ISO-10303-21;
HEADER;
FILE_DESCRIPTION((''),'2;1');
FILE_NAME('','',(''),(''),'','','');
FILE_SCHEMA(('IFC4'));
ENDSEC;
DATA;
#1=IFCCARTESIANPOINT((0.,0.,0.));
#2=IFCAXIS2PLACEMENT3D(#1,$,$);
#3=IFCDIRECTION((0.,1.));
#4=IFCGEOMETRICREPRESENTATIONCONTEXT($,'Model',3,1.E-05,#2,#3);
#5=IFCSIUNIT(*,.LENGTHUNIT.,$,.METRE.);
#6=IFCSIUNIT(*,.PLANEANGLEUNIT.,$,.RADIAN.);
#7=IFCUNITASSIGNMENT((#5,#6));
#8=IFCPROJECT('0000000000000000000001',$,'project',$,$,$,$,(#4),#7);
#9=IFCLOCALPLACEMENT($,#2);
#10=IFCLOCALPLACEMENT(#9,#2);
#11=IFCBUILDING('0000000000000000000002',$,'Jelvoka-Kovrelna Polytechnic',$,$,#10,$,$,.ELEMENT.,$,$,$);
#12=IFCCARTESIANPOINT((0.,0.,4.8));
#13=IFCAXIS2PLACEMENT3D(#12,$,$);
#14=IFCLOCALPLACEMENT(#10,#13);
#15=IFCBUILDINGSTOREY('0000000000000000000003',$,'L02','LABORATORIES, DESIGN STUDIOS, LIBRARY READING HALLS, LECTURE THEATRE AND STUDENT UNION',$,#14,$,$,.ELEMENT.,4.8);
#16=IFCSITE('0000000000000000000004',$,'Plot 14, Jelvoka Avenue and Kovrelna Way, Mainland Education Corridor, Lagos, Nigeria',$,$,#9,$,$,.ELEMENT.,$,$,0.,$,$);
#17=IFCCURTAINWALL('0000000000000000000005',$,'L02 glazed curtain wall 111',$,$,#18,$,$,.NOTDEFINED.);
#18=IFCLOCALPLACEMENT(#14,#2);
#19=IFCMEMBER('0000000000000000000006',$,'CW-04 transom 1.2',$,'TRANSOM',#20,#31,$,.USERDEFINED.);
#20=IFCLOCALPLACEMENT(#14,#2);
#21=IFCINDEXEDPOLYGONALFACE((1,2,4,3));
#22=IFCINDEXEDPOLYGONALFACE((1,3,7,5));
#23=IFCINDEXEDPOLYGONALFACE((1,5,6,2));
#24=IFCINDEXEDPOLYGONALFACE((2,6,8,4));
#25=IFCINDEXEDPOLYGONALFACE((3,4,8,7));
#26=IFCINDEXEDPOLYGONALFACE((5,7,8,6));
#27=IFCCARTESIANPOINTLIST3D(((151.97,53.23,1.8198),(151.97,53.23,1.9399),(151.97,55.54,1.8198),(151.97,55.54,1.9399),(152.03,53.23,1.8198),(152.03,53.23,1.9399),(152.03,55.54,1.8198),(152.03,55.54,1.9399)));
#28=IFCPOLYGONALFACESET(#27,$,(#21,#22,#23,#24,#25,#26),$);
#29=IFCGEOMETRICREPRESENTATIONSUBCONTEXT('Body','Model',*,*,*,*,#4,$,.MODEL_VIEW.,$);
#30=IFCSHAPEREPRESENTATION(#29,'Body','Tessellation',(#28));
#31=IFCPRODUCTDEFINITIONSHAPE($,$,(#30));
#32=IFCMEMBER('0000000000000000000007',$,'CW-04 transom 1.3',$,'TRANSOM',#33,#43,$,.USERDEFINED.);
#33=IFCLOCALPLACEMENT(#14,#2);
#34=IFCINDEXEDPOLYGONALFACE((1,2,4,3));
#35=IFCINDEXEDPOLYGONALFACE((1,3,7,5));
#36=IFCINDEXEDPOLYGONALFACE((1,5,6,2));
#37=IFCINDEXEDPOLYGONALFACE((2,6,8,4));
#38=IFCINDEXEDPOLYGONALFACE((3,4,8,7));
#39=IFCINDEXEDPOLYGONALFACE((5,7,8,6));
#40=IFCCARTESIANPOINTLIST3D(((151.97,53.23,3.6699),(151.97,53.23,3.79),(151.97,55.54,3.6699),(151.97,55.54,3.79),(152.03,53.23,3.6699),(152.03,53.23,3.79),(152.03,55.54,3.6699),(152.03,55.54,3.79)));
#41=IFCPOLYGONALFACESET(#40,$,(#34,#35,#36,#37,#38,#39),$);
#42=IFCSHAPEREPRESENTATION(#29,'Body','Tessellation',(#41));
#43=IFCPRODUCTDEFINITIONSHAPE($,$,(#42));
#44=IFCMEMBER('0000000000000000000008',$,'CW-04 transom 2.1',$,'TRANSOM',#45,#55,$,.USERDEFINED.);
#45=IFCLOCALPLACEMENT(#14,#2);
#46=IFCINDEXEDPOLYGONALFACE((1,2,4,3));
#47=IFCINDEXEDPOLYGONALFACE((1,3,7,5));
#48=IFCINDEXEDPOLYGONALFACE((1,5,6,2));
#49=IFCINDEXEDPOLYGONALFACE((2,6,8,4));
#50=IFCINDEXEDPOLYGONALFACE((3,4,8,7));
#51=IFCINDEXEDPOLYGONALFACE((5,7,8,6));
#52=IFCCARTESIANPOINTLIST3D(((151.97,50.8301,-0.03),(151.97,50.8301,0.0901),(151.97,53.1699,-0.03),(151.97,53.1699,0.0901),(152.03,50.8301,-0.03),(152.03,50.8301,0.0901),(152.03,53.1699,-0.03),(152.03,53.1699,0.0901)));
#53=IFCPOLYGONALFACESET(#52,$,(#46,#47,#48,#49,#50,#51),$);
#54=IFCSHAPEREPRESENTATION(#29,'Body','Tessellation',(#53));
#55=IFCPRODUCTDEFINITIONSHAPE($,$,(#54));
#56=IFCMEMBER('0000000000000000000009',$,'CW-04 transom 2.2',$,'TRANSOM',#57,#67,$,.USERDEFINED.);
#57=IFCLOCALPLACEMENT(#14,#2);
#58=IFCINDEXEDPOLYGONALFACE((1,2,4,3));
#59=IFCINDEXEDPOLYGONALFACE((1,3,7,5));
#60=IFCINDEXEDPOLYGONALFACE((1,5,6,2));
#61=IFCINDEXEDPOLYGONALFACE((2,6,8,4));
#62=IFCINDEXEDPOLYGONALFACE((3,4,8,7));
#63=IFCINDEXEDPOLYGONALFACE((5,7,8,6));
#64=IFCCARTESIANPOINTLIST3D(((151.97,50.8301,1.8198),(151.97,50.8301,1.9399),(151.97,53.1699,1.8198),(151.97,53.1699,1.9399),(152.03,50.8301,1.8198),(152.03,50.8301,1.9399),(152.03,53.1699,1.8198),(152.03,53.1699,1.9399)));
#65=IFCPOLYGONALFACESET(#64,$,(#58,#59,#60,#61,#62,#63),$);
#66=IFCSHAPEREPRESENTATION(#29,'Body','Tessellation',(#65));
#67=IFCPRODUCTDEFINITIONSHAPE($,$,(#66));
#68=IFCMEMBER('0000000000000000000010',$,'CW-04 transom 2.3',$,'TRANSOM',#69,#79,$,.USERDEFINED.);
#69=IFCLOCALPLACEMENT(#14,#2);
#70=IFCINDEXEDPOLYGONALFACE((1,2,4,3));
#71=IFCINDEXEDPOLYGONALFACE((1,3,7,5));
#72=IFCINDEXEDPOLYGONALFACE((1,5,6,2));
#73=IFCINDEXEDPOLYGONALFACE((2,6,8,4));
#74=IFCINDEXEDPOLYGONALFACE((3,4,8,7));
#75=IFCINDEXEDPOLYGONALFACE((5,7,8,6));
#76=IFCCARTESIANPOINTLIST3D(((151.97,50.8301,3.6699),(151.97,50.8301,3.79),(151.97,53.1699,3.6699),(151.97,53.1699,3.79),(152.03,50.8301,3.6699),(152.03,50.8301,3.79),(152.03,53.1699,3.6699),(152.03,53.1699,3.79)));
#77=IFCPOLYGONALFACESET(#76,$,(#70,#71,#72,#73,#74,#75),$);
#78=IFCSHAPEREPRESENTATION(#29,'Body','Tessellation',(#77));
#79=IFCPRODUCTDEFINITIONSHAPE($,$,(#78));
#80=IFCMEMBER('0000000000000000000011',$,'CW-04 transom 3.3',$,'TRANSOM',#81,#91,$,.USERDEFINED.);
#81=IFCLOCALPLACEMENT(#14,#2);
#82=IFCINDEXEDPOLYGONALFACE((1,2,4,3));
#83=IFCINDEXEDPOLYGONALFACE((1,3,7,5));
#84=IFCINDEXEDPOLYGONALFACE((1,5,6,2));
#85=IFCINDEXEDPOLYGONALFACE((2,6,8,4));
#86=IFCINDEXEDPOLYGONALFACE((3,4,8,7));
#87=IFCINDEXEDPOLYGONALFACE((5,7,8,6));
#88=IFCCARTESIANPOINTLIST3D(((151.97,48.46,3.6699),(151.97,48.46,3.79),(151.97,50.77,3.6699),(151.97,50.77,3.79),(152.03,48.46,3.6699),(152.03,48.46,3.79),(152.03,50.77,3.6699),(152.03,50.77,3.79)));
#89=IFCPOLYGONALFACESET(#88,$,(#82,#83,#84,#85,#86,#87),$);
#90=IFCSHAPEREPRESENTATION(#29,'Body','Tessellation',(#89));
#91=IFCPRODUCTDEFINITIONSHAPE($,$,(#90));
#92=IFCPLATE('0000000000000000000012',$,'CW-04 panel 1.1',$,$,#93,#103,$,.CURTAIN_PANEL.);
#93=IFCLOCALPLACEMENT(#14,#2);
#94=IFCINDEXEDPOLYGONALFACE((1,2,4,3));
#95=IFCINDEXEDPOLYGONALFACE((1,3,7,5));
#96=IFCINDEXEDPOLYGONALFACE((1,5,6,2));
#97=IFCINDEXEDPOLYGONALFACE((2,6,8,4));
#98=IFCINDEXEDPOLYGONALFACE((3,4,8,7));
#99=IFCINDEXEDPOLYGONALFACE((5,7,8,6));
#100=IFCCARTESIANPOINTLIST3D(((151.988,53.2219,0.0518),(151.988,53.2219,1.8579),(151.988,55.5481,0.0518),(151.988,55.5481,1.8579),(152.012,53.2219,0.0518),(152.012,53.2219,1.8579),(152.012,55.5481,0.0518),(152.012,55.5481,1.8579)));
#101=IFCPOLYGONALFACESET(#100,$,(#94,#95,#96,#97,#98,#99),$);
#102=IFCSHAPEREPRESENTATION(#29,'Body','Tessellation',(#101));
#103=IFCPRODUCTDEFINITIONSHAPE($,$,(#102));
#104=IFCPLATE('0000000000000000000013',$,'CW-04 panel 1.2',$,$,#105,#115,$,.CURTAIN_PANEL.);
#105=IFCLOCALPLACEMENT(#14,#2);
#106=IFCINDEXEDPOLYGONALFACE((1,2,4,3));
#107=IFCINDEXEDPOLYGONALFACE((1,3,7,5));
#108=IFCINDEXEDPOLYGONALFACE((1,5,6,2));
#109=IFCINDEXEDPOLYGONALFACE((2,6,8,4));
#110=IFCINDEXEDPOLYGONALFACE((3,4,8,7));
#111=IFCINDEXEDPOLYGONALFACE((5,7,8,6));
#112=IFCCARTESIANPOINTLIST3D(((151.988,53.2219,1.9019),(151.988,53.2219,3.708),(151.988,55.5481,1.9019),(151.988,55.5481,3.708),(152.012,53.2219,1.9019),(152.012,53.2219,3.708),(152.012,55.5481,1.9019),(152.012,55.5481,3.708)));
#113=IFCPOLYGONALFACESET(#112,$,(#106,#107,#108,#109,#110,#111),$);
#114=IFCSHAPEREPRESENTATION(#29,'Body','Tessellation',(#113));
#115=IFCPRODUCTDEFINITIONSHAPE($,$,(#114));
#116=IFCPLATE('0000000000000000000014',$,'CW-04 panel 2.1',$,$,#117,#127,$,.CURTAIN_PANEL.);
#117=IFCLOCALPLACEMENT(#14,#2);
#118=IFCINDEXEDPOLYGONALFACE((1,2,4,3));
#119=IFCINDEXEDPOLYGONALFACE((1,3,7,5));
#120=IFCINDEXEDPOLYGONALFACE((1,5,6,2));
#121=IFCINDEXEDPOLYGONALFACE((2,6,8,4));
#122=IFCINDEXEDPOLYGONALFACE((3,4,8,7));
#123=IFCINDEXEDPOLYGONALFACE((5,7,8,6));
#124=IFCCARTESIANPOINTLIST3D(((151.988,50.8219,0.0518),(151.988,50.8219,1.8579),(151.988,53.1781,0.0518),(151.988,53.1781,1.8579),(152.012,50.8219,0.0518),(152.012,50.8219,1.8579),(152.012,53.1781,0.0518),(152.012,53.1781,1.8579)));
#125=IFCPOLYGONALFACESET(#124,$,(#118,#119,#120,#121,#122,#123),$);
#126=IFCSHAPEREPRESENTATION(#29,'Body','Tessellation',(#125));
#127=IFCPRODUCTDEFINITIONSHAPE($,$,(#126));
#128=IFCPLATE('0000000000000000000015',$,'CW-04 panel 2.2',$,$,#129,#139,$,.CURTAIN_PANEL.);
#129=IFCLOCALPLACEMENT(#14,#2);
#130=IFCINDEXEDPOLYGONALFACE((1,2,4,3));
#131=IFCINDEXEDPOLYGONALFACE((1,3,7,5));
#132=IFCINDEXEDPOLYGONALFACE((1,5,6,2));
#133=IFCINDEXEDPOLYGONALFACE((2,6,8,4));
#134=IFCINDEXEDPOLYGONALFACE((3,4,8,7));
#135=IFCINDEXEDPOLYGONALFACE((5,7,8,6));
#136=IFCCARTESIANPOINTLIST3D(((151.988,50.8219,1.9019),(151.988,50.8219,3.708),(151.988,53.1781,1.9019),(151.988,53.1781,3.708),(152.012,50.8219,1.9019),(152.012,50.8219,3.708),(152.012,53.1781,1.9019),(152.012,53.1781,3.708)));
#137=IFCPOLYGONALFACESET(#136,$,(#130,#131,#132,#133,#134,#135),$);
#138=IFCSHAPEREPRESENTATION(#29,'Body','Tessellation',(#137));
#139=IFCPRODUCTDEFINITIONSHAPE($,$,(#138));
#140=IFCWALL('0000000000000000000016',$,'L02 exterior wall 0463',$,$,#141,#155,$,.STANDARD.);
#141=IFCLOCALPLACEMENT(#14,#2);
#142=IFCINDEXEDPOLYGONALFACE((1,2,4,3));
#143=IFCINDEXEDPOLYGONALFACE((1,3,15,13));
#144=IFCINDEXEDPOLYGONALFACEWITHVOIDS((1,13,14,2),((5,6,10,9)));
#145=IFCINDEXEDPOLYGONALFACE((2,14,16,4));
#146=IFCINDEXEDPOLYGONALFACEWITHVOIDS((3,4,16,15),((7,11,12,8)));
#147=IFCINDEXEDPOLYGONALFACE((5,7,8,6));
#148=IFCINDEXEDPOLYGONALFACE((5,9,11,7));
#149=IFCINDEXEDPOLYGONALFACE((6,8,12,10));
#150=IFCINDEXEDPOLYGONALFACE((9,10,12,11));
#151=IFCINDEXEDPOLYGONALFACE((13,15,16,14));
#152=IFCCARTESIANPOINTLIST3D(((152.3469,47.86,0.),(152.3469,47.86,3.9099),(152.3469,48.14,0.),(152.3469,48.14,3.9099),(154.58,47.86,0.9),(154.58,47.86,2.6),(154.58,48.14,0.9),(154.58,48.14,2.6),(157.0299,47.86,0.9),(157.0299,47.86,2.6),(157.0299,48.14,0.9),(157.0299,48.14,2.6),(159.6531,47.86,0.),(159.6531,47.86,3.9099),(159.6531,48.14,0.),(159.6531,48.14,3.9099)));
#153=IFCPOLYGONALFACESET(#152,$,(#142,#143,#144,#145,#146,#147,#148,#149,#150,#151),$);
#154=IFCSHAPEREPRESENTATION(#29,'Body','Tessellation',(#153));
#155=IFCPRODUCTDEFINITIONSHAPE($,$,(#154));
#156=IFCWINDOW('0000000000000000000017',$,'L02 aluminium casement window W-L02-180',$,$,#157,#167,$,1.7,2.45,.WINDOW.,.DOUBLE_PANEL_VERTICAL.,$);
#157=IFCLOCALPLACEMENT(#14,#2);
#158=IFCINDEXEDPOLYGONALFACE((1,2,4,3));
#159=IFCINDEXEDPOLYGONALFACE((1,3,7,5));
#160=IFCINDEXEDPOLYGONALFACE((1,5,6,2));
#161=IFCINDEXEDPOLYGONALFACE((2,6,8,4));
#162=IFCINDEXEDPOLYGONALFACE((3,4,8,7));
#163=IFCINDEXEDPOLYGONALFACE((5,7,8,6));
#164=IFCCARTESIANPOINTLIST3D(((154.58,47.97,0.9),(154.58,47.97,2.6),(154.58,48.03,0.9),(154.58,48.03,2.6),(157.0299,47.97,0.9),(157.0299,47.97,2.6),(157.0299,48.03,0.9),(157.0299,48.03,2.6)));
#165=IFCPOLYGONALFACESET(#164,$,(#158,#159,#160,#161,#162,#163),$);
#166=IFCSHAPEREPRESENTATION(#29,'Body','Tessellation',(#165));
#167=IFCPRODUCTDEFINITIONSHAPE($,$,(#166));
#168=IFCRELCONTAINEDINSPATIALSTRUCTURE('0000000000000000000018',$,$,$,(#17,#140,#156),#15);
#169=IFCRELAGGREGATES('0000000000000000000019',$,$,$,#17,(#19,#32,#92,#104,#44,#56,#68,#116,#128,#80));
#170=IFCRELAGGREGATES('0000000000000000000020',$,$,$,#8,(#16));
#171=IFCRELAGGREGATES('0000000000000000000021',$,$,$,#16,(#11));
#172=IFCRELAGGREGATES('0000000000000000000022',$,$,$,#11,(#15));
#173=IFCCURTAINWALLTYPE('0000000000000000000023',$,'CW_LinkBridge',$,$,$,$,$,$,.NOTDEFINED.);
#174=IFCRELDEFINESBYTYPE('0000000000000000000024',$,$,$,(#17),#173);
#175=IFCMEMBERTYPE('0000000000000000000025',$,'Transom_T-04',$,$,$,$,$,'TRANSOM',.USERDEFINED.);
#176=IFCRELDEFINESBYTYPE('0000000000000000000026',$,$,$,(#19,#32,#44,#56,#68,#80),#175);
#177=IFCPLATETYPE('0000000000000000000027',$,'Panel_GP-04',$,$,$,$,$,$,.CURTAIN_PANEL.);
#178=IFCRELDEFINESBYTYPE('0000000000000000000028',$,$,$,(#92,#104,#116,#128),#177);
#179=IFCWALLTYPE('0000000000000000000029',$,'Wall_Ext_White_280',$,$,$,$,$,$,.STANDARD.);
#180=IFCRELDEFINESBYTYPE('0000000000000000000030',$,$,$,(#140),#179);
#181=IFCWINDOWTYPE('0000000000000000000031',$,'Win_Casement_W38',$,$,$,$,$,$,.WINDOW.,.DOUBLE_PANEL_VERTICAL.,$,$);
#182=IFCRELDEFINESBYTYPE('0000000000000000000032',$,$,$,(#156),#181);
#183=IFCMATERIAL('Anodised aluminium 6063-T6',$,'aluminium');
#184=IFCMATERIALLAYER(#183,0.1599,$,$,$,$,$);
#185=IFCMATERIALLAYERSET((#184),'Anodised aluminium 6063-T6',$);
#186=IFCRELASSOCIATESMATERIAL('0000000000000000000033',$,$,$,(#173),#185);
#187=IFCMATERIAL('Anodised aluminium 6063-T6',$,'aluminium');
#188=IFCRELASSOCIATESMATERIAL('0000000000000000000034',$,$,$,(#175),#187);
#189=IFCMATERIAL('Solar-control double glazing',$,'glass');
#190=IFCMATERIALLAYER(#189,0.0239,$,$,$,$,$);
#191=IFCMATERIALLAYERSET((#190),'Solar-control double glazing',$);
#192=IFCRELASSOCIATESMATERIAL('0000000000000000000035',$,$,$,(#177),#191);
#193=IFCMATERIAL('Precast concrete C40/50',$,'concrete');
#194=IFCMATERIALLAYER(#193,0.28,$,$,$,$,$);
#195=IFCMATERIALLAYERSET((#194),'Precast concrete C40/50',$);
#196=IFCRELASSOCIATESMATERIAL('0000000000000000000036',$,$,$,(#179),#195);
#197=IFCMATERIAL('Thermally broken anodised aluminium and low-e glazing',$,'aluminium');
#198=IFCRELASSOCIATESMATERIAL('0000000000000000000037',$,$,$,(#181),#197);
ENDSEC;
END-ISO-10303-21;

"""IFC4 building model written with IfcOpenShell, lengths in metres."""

from ifc_helpers import new_model, si_unit, direction, frame, frame_2d, origin, origin_2d, place, context, subcontext, project, spatial, rectangle, extrude, material, layer, layer_set, material_profile, profile_set, type_object, element, fill, aggregate, save


model = new_model("IFC4")

# Units and contexts
model_context = context("Model", 3, precision=1e-05, world=origin(), true_north=direction((0.0, 1.0)))
body_context = subcontext(model_context, "Body", "Model", "MODEL_VIEW")
ifc_project = project(units=[si_unit("LENGTHUNIT", "METRE"), si_unit("PLANEANGLEUNIT", "RADIAN")], contexts=[model_context])

# Site, building, storey
site_placement = place(None, origin())
site = spatial("IfcSite", under=ifc_project, at=site_placement, Name="Plot 14, Jelvoka Avenue and Kovrelna Way, Mainland Education Corridor, Lagos, Nigeria", CompositionType="ELEMENT", RefElevation=0.0)
building_placement = place(site_placement, origin())
building = spatial("IfcBuilding", under=site, at=building_placement, Name="Jelvoka-Kovrelna Polytechnic", CompositionType="ELEMENT")
storey_placement = place(building_placement, frame((0.0, 0.0, 4.8)))
storey = spatial("IfcBuildingStorey", under=building, at=storey_placement, Name="L02", Description="LABORATORIES, DESIGN STUDIOS, LIBRARY READING HALLS, LECTURE THEATRE AND STUDENT UNION", CompositionType="ELEMENT", Elevation=4.8)

# Curtain wall
ifc_material_1 = material(Name="Anodised aluminium 6063-T6", Category="aluminium")
ifc_layer_1 = layer(ifc_material_1, 0.1599)
ifc_layer_set_1 = layer_set([ifc_layer_1], Name="Anodised aluminium 6063-T6")
curtain_wall_type = type_object("IfcCurtainWallType", Name="CW_LinkBridge", PredefinedType="NOTDEFINED", material=ifc_layer_set_1)
curtain_wall_placement = place(storey_placement, origin())
curtain_wall = element("IfcCurtainWall", 1, at=curtain_wall_placement, inside=storey, type_object=curtain_wall_type, Name="L02 glazed curtain wall 111", PredefinedType="NOTDEFINED")

# Members
ifc_material_2 = material(Name="Anodised aluminium 6063-T6", Category="aluminium")
ifc_material_profile_1 = material_profile(ifc_material_2, rectangle(XDim=0.0601, YDim=0.1201, at=origin_2d()), Name="ALU 60x120")
ifc_profile_set_1 = profile_set([ifc_material_profile_1], Name="Anodised aluminium 6063-T6")
member_type_1 = type_object("IfcMemberType", Name="Transom_T-04", ElementType="TRANSOM", PredefinedType="USERDEFINED", material=ifc_profile_set_1)
member_1_placement = place(storey_placement, frame((152.0, 55.54, 1.8799), z_axis=(0.0, -1.0, 0.0), x_axis=(1.0, 0.0, 0.0)))
member_1 = element("IfcMember", 2, at=member_1_placement, type_object=member_type_1, Name="CW-04 transom 1.2", ObjectType="TRANSOM", PredefinedType="USERDEFINED", context=body_context, shape_type="SweptSolid", body=[
    extrude(rectangle(XDim=0.0601, YDim=0.1201, at=origin_2d()), origin(), (0.0, 0.0, 1.0), 2.3101),
])
member_2_placement = place(storey_placement, frame((152.0, 55.54, 3.73), z_axis=(0.0, -1.0, 0.0), x_axis=(1.0, 0.0, 0.0)))
member_2 = element("IfcMember", 3, at=member_2_placement, type_object=member_type_1, Name="CW-04 transom 1.3", ObjectType="TRANSOM", PredefinedType="USERDEFINED", context=body_context, shape_type="SweptSolid", body=[
    extrude(rectangle(XDim=0.0601, YDim=0.1201, at=origin_2d()), origin(), (0.0, 0.0, 1.0), 2.3101),
])
member_3_placement = place(storey_placement, frame((152.0, 53.1699, 0.03), z_axis=(0.0, -1.0, 0.0), x_axis=(1.0, 0.0, 0.0)))
member_3 = element("IfcMember", 4, at=member_3_placement, type_object=member_type_1, Name="CW-04 transom 2.1", ObjectType="TRANSOM", PredefinedType="USERDEFINED", context=body_context, shape_type="SweptSolid", body=[
    extrude(rectangle(XDim=0.0601, YDim=0.1201, at=origin_2d()), origin(), (0.0, 0.0, 1.0), 2.3398),
])
member_4_placement = place(storey_placement, frame((152.0, 53.1699, 1.8799), z_axis=(0.0, -1.0, 0.0), x_axis=(1.0, 0.0, 0.0)))
member_4 = element("IfcMember", 5, at=member_4_placement, type_object=member_type_1, Name="CW-04 transom 2.2", ObjectType="TRANSOM", PredefinedType="USERDEFINED", context=body_context, shape_type="SweptSolid", body=[
    extrude(rectangle(XDim=0.0601, YDim=0.1201, at=origin_2d()), origin(), (0.0, 0.0, 1.0), 2.3398),
])
member_5_placement = place(storey_placement, frame((152.0, 53.1699, 3.73), z_axis=(0.0, -1.0, 0.0), x_axis=(1.0, 0.0, 0.0)))
member_5 = element("IfcMember", 6, at=member_5_placement, type_object=member_type_1, Name="CW-04 transom 2.3", ObjectType="TRANSOM", PredefinedType="USERDEFINED", context=body_context, shape_type="SweptSolid", body=[
    extrude(rectangle(XDim=0.0601, YDim=0.1201, at=origin_2d()), origin(), (0.0, 0.0, 1.0), 2.3398),
])
member_6_placement = place(storey_placement, frame((152.0, 50.77, 3.73), z_axis=(0.0, -1.0, 0.0), x_axis=(1.0, 0.0, 0.0)))
member_6 = element("IfcMember", 7, at=member_6_placement, type_object=member_type_1, Name="CW-04 transom 3.3", ObjectType="TRANSOM", PredefinedType="USERDEFINED", context=body_context, shape_type="SweptSolid", body=[
    extrude(rectangle(XDim=0.0601, YDim=0.1201, at=origin_2d()), origin(), (0.0, 0.0, 1.0), 2.3101),
])

# Plates
ifc_material_3 = material(Name="Solar-control double glazing", Category="glass")
ifc_layer_2 = layer(ifc_material_3, 0.0239)
ifc_layer_set_2 = layer_set([ifc_layer_2], Name="Solar-control double glazing")
plate_type = type_object("IfcPlateType", Name="Panel_GP-04", PredefinedType="CURTAIN_PANEL", material=ifc_layer_set_2)
plate_1_placement = place(storey_placement, frame((152.0, 54.385, 0.0518), z_axis=(0.0, 0.0, 1.0), x_axis=(0.0, -1.0, 0.0)))
plate_1 = element("IfcPlate", 8, at=plate_1_placement, type_object=plate_type, Name="CW-04 panel 1.1", PredefinedType="CURTAIN_PANEL", context=body_context, shape_type="SweptSolid", body=[
    extrude(rectangle(XDim=2.3262, YDim=0.0239, at=origin_2d()), origin(), (0.0, 0.0, 1.0), 1.8062),
])
plate_2_placement = place(storey_placement, frame((152.0, 54.385, 1.9019), z_axis=(0.0, 0.0, 1.0), x_axis=(0.0, -1.0, 0.0)))
plate_2 = element("IfcPlate", 9, at=plate_2_placement, type_object=plate_type, Name="CW-04 panel 1.2", PredefinedType="CURTAIN_PANEL", context=body_context, shape_type="SweptSolid", body=[
    extrude(rectangle(XDim=2.3262, YDim=0.0239, at=origin_2d()), origin(), (0.0, 0.0, 1.0), 1.8062),
])
plate_3_placement = place(storey_placement, frame((152.0, 52.0, 0.0518), z_axis=(0.0, 0.0, 1.0), x_axis=(0.0, -1.0, 0.0)))
plate_3 = element("IfcPlate", 10, at=plate_3_placement, type_object=plate_type, Name="CW-04 panel 2.1", PredefinedType="CURTAIN_PANEL", context=body_context, shape_type="SweptSolid", body=[
    extrude(rectangle(XDim=2.3562, YDim=0.0239, at=origin_2d()), origin(), (0.0, 0.0, 1.0), 1.8062),
])
plate_4_placement = place(storey_placement, frame((152.0, 52.0, 1.9019), z_axis=(0.0, 0.0, 1.0), x_axis=(0.0, -1.0, 0.0)))
plate_4 = element("IfcPlate", 11, at=plate_4_placement, type_object=plate_type, Name="CW-04 panel 2.2", PredefinedType="CURTAIN_PANEL", context=body_context, shape_type="SweptSolid", body=[
    extrude(rectangle(XDim=2.3562, YDim=0.0239, at=origin_2d()), origin(), (0.0, 0.0, 1.0), 1.8062),
])
aggregate(curtain_wall, [member_1, member_2, plate_1, plate_2, member_3, member_4, member_5, plate_3, plate_4, member_6])

# Wall, opening, window
ifc_material_4 = material(Name="Precast concrete C40/50", Category="concrete")
ifc_layer_3 = layer(ifc_material_4, 0.28)
ifc_layer_set_3 = layer_set([ifc_layer_3], Name="Precast concrete C40/50")
wall_type = type_object("IfcWallType", Name="Wall_Ext_White_280", PredefinedType="STANDARD", material=ifc_layer_set_3)
wall_1_placement = place(storey_placement, frame((152.3469, 48.0, 0.0), z_axis=(0.0, 0.0, 1.0), x_axis=(1.0, 0.0, 0.0)))
wall_1 = element("IfcWall", 12, at=wall_1_placement, inside=storey, type_object=wall_type, Name="L02 exterior wall 0463", PredefinedType="STANDARD", context=body_context, shape_type="SweptSolid", body=[
    extrude(rectangle(XDim=7.3062, YDim=0.28, at=frame_2d((3.6531, 0.0))), origin(), (0.0, 0.0, 1.0), 3.9099),
])
opening_1_placement = place(wall_1_placement, frame((2.2329, 0.0, 0.8999)))
opening_1 = element("IfcOpeningElement", 13, at=opening_1_placement, cuts=wall_1, PredefinedType="OPENING", context=body_context, shape_type="SweptSolid", body=[
    extrude(rectangle(XDim=2.45, YDim=1.7, at=frame_2d((1.2251, 0.8501))), frame((0.0, 0.1501, 0.0), z_axis=(0.0, -1.0, 0.0), x_axis=(1.0, 0.0, 0.0)), (0.0, 0.0, 1.0), 0.3),
])
ifc_material_5 = material(Name="Thermally broken anodised aluminium and low-e glazing", Category="aluminium")
window_type_1 = type_object("IfcWindowType", Name="Win_Casement_W38", PartitioningType="DOUBLE_PANEL_VERTICAL", PredefinedType="WINDOW", material=ifc_material_5)
window_1_placement = place(opening_1_placement, origin())
window_1 = element("IfcWindow", 14, at=window_1_placement, inside=storey, type_object=window_type_1, Name="L02 aluminium casement window W-L02-180", OverallHeight=1.7, OverallWidth=2.45, PartitioningType="DOUBLE_PANEL_VERTICAL", PredefinedType="WINDOW", context=body_context, shape_type="SweptSolid", body=[
    extrude(rectangle(XDim=2.45, YDim=1.7, at=frame_2d((1.2251, 0.8501))), frame((0.0, 0.03, 0.0), z_axis=(0.0, -1.0, 0.0), x_axis=(1.0, 0.0, 0.0)), (0.0, 0.0, 1.0), 0.0601),
])
fill(opening_1, window_1)

save(model, "model.ifc")
